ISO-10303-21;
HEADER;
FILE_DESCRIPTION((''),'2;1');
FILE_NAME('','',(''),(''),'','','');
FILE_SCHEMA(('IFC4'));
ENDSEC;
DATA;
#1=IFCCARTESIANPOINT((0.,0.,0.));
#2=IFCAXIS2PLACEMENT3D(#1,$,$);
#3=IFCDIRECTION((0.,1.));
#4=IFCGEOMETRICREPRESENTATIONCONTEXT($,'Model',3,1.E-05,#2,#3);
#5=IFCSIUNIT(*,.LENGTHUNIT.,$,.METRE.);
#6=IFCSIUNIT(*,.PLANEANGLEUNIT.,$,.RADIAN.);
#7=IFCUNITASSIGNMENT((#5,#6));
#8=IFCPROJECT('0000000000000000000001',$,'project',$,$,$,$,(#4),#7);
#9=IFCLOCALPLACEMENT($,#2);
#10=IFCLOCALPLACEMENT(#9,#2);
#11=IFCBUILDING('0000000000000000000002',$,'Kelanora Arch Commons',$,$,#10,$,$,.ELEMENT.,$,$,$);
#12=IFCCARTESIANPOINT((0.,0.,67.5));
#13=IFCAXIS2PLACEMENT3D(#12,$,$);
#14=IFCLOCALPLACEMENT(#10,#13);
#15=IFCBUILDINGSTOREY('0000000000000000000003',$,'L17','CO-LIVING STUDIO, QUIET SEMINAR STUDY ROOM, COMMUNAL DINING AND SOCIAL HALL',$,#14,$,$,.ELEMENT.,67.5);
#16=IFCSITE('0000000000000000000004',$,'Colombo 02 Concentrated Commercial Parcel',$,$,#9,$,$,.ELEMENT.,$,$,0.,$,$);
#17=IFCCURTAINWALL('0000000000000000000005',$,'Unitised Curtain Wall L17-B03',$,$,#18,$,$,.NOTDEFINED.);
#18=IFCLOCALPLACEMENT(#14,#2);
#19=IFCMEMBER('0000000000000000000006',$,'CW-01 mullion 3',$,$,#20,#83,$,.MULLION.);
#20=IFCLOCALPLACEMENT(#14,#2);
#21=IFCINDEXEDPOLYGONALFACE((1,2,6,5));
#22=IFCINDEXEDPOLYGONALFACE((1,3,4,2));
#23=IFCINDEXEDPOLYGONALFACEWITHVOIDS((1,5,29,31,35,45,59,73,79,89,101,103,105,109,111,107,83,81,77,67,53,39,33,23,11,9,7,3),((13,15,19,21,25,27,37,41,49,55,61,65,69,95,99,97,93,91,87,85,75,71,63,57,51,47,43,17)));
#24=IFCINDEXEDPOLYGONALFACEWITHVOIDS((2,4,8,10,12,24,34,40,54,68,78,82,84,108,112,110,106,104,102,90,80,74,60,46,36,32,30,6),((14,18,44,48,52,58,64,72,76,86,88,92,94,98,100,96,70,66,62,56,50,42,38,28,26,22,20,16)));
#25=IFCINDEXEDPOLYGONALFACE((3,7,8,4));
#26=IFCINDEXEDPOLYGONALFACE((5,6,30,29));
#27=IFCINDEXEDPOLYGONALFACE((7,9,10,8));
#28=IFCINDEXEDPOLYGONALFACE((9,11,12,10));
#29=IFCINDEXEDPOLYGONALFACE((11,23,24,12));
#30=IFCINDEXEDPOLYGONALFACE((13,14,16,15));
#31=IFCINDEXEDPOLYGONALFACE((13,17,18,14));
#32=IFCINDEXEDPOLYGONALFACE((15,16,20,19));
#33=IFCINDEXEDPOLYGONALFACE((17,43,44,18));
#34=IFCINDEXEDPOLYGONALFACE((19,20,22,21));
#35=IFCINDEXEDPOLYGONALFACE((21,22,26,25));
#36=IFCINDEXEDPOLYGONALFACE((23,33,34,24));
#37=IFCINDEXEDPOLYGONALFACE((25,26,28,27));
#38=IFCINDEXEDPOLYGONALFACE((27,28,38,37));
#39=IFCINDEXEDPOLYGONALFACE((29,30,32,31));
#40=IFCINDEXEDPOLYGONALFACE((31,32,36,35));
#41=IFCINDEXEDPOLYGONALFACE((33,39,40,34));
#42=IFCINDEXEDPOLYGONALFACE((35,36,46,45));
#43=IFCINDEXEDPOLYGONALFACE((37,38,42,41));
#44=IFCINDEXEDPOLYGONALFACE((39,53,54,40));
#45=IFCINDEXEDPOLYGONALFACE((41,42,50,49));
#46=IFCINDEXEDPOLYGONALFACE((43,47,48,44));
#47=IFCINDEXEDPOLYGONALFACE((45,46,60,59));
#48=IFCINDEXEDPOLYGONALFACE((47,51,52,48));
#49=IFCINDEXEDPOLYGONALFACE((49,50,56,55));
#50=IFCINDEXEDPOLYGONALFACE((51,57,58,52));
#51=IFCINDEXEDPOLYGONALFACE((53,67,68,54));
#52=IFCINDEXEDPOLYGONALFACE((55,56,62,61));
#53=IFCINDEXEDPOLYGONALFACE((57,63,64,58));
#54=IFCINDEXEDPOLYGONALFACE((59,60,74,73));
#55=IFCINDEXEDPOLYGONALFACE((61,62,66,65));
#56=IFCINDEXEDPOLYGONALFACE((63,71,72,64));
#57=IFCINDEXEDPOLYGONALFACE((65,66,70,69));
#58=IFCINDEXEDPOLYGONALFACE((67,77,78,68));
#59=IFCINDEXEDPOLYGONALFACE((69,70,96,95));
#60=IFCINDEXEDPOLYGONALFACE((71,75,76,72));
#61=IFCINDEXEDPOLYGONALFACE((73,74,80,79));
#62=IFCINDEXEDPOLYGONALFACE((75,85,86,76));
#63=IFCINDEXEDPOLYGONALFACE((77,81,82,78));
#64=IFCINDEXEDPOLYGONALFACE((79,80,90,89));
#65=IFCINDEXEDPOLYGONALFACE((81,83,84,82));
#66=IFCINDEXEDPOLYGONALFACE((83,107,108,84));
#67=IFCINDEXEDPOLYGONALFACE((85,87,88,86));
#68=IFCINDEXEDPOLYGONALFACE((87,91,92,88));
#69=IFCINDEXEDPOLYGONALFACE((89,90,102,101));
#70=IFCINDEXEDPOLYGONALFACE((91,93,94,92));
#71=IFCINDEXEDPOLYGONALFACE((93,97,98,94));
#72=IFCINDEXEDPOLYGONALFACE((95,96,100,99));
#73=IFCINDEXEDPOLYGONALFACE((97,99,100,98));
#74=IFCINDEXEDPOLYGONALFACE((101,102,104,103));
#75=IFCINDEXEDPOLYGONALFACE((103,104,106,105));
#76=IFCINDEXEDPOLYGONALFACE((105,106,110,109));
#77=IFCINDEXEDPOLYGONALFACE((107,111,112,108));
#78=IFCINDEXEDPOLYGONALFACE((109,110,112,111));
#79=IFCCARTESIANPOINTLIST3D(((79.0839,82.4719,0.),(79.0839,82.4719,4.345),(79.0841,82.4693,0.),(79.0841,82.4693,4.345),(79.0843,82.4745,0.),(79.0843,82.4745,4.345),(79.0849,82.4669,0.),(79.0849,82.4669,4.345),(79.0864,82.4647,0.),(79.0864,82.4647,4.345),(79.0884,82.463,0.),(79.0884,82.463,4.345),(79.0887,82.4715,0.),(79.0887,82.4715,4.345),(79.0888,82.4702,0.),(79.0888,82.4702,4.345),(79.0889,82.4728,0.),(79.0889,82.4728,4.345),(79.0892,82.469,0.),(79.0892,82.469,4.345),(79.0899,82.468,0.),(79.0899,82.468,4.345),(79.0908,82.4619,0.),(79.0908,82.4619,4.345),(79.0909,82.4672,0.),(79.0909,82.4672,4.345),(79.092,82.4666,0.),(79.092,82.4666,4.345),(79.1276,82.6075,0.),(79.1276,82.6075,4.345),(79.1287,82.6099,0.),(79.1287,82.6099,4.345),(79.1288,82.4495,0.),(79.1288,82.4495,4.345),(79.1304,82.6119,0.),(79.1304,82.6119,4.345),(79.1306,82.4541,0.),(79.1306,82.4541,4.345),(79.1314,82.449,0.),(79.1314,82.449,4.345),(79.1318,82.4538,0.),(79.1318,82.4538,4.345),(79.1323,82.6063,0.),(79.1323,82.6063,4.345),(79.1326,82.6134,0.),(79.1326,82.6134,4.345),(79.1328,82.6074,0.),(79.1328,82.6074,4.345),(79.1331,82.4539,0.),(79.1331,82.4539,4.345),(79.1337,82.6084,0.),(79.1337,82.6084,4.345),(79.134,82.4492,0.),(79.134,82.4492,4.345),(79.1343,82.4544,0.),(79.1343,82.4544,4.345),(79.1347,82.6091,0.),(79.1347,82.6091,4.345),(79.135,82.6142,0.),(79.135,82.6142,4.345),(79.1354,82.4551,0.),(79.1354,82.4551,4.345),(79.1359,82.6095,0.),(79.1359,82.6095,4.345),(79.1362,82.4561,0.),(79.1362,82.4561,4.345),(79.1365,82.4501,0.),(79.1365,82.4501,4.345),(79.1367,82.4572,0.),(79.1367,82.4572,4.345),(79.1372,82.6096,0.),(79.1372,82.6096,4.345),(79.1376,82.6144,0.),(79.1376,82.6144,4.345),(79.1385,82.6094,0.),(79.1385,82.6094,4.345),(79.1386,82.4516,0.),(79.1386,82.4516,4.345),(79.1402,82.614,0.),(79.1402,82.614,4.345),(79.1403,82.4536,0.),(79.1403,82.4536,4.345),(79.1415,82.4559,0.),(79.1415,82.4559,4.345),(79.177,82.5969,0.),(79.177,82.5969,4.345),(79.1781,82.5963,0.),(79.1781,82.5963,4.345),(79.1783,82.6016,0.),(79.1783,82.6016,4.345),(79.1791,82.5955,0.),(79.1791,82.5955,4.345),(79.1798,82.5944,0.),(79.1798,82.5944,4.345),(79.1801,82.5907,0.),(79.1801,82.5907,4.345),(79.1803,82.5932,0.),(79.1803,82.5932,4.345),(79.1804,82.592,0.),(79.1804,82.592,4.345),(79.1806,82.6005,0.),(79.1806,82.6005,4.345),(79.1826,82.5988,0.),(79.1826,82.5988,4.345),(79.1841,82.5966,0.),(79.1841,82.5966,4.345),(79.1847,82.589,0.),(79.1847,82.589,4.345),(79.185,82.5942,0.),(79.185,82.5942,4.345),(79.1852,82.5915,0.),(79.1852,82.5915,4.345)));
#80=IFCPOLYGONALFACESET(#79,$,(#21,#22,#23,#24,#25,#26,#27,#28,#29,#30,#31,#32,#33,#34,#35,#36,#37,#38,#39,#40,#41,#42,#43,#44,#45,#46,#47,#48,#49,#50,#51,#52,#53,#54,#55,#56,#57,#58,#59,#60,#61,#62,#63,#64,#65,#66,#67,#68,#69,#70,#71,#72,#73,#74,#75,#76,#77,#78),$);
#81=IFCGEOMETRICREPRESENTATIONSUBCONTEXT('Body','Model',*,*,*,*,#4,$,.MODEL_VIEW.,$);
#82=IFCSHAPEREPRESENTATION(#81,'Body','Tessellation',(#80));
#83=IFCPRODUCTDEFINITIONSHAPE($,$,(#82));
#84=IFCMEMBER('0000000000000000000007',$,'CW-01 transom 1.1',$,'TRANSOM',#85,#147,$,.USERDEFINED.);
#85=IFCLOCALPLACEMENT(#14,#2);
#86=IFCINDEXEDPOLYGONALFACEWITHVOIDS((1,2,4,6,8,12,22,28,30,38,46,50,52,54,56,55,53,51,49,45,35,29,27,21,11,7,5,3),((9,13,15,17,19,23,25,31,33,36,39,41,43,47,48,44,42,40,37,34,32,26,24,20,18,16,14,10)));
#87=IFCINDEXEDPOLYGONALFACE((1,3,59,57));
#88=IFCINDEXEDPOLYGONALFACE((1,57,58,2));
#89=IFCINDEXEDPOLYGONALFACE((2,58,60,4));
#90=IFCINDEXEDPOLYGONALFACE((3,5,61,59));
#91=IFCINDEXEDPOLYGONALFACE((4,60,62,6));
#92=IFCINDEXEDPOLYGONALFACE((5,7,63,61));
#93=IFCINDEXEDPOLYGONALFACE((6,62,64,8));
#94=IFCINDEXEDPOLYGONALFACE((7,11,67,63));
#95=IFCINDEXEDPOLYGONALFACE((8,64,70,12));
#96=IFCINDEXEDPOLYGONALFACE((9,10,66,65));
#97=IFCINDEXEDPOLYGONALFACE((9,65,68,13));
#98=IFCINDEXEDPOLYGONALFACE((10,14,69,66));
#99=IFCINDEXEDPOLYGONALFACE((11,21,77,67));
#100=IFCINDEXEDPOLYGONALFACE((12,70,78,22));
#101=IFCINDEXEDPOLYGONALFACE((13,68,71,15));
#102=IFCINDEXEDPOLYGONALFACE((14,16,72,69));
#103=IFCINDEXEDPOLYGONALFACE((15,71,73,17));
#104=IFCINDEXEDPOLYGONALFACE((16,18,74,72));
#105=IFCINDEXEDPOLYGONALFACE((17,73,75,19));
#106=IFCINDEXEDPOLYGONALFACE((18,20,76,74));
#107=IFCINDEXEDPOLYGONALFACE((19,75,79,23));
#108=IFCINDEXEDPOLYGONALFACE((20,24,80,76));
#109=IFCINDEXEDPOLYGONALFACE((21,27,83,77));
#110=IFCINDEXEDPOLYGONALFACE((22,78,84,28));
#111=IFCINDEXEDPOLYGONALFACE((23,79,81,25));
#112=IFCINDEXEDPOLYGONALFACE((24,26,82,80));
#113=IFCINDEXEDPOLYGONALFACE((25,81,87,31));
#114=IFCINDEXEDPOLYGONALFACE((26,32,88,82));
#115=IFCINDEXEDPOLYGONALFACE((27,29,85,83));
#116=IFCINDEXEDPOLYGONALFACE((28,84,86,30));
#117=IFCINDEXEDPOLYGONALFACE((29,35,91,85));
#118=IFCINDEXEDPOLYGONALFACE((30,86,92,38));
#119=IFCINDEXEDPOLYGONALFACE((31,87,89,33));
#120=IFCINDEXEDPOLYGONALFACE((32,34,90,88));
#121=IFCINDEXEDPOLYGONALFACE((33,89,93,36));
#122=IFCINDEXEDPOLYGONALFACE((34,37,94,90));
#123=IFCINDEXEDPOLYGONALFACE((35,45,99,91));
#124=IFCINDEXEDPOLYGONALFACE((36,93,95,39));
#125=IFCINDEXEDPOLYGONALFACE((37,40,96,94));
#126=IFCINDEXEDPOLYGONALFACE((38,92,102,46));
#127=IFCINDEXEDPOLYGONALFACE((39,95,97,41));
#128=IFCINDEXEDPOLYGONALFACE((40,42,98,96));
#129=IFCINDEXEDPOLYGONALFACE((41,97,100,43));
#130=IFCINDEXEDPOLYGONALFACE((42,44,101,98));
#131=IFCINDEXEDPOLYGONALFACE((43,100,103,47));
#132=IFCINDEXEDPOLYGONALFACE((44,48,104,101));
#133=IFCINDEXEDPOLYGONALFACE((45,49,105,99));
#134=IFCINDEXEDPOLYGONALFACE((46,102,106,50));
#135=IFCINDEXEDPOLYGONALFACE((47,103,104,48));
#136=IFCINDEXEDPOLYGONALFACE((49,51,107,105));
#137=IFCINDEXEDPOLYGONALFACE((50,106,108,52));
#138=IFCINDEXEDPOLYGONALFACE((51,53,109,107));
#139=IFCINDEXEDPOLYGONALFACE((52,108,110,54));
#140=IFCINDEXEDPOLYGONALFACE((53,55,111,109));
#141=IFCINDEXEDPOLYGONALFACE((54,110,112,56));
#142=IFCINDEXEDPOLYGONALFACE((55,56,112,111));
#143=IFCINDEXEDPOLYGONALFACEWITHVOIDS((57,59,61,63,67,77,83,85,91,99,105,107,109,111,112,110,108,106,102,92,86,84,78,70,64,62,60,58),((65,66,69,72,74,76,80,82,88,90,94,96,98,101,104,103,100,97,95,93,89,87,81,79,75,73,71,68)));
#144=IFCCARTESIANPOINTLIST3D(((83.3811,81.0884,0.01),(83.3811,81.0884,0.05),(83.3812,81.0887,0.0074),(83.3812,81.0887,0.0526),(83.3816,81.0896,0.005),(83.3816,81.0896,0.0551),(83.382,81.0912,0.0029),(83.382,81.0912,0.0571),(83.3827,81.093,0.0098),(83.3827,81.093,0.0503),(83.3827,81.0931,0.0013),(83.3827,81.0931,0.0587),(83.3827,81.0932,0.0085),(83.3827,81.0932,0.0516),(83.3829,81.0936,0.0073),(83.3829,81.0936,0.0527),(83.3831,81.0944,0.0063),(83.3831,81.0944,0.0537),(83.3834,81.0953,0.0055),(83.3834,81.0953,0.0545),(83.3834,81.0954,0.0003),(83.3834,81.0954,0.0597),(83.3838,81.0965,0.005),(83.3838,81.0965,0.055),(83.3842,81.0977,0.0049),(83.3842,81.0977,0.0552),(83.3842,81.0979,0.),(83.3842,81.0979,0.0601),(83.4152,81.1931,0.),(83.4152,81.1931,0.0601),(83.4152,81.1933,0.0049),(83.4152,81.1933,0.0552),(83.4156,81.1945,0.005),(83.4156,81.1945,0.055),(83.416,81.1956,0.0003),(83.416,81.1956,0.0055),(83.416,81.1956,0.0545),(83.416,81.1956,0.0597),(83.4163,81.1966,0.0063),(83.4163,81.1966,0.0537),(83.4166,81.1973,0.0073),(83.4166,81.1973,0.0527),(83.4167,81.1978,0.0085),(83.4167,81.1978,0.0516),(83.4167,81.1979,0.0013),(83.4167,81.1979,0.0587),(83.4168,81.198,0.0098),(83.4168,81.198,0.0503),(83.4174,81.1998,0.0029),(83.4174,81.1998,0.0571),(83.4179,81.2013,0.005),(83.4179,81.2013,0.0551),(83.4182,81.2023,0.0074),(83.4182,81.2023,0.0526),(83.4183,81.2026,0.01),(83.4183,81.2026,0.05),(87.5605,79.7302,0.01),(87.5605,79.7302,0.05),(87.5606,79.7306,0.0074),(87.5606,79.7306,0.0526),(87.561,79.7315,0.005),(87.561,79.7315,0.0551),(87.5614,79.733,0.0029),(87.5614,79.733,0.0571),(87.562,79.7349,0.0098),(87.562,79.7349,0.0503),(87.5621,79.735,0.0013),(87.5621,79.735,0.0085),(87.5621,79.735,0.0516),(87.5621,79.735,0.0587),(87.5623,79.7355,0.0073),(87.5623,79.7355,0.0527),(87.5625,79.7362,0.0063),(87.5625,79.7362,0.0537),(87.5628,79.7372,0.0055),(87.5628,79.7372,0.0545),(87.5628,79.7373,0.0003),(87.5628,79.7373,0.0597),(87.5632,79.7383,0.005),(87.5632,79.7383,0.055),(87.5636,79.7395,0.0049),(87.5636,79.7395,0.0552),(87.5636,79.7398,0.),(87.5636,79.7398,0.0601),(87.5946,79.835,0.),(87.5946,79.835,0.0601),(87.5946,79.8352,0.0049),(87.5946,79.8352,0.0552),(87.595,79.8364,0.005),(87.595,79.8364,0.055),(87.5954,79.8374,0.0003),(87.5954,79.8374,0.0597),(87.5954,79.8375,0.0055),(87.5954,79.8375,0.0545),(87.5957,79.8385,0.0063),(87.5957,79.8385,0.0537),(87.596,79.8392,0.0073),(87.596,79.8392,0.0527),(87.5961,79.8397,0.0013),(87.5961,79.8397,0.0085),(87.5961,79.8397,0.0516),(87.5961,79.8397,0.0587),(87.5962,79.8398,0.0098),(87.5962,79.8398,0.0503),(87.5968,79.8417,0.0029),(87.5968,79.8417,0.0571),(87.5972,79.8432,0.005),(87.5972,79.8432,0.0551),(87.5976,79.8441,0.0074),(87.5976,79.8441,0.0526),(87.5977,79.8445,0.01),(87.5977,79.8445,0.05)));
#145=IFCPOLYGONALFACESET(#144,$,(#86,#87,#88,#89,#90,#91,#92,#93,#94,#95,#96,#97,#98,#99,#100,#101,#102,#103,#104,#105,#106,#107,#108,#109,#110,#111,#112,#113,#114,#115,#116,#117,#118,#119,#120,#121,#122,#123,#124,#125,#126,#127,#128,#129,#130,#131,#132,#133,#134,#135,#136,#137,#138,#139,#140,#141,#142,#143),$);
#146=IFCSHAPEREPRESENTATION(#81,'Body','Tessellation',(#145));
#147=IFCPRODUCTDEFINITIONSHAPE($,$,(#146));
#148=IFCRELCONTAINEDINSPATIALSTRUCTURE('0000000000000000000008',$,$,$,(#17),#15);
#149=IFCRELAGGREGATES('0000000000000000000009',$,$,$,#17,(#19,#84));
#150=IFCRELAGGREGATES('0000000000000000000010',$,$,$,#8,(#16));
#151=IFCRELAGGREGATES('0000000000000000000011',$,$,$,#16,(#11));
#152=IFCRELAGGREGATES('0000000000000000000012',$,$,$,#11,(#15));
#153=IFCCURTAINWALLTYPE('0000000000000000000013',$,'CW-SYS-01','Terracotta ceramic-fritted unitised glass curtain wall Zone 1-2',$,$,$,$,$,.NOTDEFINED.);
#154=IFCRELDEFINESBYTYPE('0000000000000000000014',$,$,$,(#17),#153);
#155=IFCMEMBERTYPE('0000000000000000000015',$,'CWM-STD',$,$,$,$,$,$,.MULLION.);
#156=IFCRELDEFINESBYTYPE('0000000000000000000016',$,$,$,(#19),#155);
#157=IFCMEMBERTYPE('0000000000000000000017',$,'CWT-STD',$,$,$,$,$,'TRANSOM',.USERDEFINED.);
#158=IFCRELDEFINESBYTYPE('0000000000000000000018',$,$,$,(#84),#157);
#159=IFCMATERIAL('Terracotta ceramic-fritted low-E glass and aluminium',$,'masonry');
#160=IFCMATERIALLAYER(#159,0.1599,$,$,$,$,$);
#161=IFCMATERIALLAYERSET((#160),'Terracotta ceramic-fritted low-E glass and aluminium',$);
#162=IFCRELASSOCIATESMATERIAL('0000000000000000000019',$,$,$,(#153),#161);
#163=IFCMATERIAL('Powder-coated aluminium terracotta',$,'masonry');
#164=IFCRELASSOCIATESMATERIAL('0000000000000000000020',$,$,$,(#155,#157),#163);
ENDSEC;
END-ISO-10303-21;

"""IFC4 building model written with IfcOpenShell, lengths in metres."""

from ifc_helpers import new_model, si_unit, direction, frame, origin, origin_2d, place, context, subcontext, project, spatial, hollow_rectangle, extrude, material, layer, layer_set, material_profile, profile_set, type_object, element, aggregate, save


model = new_model("IFC4")

# Units and contexts
model_context = context("Model", 3, precision=1e-05, world=origin(), true_north=direction((0.0, 1.0)))
body_context = subcontext(model_context, "Body", "Model", "MODEL_VIEW")
ifc_project = project(units=[si_unit("LENGTHUNIT", "METRE"), si_unit("PLANEANGLEUNIT", "RADIAN")], contexts=[model_context])

# Site, building, storey
site_placement = place(None, origin())
site = spatial("IfcSite", under=ifc_project, at=site_placement, Name="Colombo 02 Concentrated Commercial Parcel", CompositionType="ELEMENT", RefElevation=0.0)
building_placement = place(site_placement, origin())
building = spatial("IfcBuilding", under=site, at=building_placement, Name="Kelanora Arch Commons", CompositionType="ELEMENT")
storey_placement = place(building_placement, frame((0.0, 0.0, 67.5)))
storey = spatial("IfcBuildingStorey", under=building, at=storey_placement, Name="L17", Description="CO-LIVING STUDIO, QUIET SEMINAR STUDY ROOM, COMMUNAL DINING AND SOCIAL HALL", CompositionType="ELEMENT", Elevation=67.5)

# Curtain wall, members
ifc_material_1 = material(Name="Terracotta ceramic-fritted low-E glass and aluminium", Category="masonry")
ifc_layer_1 = layer(ifc_material_1, 0.1599)
ifc_layer_set_1 = layer_set([ifc_layer_1], Name="Terracotta ceramic-fritted low-E glass and aluminium")
curtain_wall_type = type_object("IfcCurtainWallType", Name="CW-SYS-01", Description="Terracotta ceramic-fritted unitised glass curtain wall Zone 1-2", PredefinedType="NOTDEFINED", material=ifc_layer_set_1)
curtain_wall_placement = place(storey_placement, origin())
curtain_wall = element("IfcCurtainWall", 1, at=curtain_wall_placement, inside=storey, type_object=curtain_wall_type, Name="Unitised Curtain Wall L17-B03", PredefinedType="NOTDEFINED")
ifc_material_2 = material(Name="Powder-coated aluminium terracotta", Category="masonry")
ifc_material_profile_1 = material_profile(ifc_material_2, hollow_rectangle(XDim=0.1599, YDim=0.0601, WallThickness=0.0049, InnerFilletRadius=0.0049, OuterFilletRadius=0.01, at=origin_2d()), Name="CWM160x60")
ifc_profile_set_1 = profile_set([ifc_material_profile_1], Name="Powder-coated aluminium terracotta")
member_type_1 = type_object("IfcMemberType", Name="CWM-STD", PredefinedType="MULLION", material=ifc_profile_set_1)
member_1_placement = place(storey_placement, frame((79.1345, 82.5317, 0.0), z_axis=(0.0, 0.0, 1.0), x_axis=(-0.309058, -0.951043, 0.0)))
member_1 = element("IfcMember", 2, at=member_1_placement, type_object=member_type_1, Name="CW-01 mullion 3", PredefinedType="MULLION", context=body_context, shape_type="SweptSolid", body=[
    extrude(hollow_rectangle(XDim=0.1599, YDim=0.0601, WallThickness=0.0049, InnerFilletRadius=0.0049, OuterFilletRadius=0.01, at=origin_2d()), origin(), (0.0, 0.0, 1.0), 4.345),
])
ifc_material_profile_2 = material_profile(ifc_material_2, hollow_rectangle(XDim=0.1201, YDim=0.0601, WallThickness=0.0049, InnerFilletRadius=0.0049, OuterFilletRadius=0.01, at=origin_2d()), Name="CWT120x60")
ifc_profile_set_2 = profile_set([ifc_material_profile_2], Name="Powder-coated aluminium terracotta")
member_type_2 = type_object("IfcMemberType", Name="CWT-STD", ElementType="TRANSOM", PredefinedType="USERDEFINED", material=ifc_profile_set_2)
member_2_placement = place(storey_placement, frame((87.5791, 79.7874, 0.03), z_axis=(-0.951045, 0.309052, 0.0), x_axis=(-0.309052, -0.951045, 0.0)))
member_2 = element("IfcMember", 3, at=member_2_placement, type_object=member_type_2, Name="CW-01 transom 1.1", ObjectType="TRANSOM", PredefinedType="USERDEFINED", context=body_context, shape_type="SweptSolid", body=[
    extrude(hollow_rectangle(XDim=0.1201, YDim=0.0601, WallThickness=0.0049, InnerFilletRadius=0.0049, OuterFilletRadius=0.01, at=origin_2d()), origin(), (0.0, 0.0, 1.0), 4.3945),
])
aggregate(curtain_wall, [member_1, member_2])

save(model, "model.ifc")
